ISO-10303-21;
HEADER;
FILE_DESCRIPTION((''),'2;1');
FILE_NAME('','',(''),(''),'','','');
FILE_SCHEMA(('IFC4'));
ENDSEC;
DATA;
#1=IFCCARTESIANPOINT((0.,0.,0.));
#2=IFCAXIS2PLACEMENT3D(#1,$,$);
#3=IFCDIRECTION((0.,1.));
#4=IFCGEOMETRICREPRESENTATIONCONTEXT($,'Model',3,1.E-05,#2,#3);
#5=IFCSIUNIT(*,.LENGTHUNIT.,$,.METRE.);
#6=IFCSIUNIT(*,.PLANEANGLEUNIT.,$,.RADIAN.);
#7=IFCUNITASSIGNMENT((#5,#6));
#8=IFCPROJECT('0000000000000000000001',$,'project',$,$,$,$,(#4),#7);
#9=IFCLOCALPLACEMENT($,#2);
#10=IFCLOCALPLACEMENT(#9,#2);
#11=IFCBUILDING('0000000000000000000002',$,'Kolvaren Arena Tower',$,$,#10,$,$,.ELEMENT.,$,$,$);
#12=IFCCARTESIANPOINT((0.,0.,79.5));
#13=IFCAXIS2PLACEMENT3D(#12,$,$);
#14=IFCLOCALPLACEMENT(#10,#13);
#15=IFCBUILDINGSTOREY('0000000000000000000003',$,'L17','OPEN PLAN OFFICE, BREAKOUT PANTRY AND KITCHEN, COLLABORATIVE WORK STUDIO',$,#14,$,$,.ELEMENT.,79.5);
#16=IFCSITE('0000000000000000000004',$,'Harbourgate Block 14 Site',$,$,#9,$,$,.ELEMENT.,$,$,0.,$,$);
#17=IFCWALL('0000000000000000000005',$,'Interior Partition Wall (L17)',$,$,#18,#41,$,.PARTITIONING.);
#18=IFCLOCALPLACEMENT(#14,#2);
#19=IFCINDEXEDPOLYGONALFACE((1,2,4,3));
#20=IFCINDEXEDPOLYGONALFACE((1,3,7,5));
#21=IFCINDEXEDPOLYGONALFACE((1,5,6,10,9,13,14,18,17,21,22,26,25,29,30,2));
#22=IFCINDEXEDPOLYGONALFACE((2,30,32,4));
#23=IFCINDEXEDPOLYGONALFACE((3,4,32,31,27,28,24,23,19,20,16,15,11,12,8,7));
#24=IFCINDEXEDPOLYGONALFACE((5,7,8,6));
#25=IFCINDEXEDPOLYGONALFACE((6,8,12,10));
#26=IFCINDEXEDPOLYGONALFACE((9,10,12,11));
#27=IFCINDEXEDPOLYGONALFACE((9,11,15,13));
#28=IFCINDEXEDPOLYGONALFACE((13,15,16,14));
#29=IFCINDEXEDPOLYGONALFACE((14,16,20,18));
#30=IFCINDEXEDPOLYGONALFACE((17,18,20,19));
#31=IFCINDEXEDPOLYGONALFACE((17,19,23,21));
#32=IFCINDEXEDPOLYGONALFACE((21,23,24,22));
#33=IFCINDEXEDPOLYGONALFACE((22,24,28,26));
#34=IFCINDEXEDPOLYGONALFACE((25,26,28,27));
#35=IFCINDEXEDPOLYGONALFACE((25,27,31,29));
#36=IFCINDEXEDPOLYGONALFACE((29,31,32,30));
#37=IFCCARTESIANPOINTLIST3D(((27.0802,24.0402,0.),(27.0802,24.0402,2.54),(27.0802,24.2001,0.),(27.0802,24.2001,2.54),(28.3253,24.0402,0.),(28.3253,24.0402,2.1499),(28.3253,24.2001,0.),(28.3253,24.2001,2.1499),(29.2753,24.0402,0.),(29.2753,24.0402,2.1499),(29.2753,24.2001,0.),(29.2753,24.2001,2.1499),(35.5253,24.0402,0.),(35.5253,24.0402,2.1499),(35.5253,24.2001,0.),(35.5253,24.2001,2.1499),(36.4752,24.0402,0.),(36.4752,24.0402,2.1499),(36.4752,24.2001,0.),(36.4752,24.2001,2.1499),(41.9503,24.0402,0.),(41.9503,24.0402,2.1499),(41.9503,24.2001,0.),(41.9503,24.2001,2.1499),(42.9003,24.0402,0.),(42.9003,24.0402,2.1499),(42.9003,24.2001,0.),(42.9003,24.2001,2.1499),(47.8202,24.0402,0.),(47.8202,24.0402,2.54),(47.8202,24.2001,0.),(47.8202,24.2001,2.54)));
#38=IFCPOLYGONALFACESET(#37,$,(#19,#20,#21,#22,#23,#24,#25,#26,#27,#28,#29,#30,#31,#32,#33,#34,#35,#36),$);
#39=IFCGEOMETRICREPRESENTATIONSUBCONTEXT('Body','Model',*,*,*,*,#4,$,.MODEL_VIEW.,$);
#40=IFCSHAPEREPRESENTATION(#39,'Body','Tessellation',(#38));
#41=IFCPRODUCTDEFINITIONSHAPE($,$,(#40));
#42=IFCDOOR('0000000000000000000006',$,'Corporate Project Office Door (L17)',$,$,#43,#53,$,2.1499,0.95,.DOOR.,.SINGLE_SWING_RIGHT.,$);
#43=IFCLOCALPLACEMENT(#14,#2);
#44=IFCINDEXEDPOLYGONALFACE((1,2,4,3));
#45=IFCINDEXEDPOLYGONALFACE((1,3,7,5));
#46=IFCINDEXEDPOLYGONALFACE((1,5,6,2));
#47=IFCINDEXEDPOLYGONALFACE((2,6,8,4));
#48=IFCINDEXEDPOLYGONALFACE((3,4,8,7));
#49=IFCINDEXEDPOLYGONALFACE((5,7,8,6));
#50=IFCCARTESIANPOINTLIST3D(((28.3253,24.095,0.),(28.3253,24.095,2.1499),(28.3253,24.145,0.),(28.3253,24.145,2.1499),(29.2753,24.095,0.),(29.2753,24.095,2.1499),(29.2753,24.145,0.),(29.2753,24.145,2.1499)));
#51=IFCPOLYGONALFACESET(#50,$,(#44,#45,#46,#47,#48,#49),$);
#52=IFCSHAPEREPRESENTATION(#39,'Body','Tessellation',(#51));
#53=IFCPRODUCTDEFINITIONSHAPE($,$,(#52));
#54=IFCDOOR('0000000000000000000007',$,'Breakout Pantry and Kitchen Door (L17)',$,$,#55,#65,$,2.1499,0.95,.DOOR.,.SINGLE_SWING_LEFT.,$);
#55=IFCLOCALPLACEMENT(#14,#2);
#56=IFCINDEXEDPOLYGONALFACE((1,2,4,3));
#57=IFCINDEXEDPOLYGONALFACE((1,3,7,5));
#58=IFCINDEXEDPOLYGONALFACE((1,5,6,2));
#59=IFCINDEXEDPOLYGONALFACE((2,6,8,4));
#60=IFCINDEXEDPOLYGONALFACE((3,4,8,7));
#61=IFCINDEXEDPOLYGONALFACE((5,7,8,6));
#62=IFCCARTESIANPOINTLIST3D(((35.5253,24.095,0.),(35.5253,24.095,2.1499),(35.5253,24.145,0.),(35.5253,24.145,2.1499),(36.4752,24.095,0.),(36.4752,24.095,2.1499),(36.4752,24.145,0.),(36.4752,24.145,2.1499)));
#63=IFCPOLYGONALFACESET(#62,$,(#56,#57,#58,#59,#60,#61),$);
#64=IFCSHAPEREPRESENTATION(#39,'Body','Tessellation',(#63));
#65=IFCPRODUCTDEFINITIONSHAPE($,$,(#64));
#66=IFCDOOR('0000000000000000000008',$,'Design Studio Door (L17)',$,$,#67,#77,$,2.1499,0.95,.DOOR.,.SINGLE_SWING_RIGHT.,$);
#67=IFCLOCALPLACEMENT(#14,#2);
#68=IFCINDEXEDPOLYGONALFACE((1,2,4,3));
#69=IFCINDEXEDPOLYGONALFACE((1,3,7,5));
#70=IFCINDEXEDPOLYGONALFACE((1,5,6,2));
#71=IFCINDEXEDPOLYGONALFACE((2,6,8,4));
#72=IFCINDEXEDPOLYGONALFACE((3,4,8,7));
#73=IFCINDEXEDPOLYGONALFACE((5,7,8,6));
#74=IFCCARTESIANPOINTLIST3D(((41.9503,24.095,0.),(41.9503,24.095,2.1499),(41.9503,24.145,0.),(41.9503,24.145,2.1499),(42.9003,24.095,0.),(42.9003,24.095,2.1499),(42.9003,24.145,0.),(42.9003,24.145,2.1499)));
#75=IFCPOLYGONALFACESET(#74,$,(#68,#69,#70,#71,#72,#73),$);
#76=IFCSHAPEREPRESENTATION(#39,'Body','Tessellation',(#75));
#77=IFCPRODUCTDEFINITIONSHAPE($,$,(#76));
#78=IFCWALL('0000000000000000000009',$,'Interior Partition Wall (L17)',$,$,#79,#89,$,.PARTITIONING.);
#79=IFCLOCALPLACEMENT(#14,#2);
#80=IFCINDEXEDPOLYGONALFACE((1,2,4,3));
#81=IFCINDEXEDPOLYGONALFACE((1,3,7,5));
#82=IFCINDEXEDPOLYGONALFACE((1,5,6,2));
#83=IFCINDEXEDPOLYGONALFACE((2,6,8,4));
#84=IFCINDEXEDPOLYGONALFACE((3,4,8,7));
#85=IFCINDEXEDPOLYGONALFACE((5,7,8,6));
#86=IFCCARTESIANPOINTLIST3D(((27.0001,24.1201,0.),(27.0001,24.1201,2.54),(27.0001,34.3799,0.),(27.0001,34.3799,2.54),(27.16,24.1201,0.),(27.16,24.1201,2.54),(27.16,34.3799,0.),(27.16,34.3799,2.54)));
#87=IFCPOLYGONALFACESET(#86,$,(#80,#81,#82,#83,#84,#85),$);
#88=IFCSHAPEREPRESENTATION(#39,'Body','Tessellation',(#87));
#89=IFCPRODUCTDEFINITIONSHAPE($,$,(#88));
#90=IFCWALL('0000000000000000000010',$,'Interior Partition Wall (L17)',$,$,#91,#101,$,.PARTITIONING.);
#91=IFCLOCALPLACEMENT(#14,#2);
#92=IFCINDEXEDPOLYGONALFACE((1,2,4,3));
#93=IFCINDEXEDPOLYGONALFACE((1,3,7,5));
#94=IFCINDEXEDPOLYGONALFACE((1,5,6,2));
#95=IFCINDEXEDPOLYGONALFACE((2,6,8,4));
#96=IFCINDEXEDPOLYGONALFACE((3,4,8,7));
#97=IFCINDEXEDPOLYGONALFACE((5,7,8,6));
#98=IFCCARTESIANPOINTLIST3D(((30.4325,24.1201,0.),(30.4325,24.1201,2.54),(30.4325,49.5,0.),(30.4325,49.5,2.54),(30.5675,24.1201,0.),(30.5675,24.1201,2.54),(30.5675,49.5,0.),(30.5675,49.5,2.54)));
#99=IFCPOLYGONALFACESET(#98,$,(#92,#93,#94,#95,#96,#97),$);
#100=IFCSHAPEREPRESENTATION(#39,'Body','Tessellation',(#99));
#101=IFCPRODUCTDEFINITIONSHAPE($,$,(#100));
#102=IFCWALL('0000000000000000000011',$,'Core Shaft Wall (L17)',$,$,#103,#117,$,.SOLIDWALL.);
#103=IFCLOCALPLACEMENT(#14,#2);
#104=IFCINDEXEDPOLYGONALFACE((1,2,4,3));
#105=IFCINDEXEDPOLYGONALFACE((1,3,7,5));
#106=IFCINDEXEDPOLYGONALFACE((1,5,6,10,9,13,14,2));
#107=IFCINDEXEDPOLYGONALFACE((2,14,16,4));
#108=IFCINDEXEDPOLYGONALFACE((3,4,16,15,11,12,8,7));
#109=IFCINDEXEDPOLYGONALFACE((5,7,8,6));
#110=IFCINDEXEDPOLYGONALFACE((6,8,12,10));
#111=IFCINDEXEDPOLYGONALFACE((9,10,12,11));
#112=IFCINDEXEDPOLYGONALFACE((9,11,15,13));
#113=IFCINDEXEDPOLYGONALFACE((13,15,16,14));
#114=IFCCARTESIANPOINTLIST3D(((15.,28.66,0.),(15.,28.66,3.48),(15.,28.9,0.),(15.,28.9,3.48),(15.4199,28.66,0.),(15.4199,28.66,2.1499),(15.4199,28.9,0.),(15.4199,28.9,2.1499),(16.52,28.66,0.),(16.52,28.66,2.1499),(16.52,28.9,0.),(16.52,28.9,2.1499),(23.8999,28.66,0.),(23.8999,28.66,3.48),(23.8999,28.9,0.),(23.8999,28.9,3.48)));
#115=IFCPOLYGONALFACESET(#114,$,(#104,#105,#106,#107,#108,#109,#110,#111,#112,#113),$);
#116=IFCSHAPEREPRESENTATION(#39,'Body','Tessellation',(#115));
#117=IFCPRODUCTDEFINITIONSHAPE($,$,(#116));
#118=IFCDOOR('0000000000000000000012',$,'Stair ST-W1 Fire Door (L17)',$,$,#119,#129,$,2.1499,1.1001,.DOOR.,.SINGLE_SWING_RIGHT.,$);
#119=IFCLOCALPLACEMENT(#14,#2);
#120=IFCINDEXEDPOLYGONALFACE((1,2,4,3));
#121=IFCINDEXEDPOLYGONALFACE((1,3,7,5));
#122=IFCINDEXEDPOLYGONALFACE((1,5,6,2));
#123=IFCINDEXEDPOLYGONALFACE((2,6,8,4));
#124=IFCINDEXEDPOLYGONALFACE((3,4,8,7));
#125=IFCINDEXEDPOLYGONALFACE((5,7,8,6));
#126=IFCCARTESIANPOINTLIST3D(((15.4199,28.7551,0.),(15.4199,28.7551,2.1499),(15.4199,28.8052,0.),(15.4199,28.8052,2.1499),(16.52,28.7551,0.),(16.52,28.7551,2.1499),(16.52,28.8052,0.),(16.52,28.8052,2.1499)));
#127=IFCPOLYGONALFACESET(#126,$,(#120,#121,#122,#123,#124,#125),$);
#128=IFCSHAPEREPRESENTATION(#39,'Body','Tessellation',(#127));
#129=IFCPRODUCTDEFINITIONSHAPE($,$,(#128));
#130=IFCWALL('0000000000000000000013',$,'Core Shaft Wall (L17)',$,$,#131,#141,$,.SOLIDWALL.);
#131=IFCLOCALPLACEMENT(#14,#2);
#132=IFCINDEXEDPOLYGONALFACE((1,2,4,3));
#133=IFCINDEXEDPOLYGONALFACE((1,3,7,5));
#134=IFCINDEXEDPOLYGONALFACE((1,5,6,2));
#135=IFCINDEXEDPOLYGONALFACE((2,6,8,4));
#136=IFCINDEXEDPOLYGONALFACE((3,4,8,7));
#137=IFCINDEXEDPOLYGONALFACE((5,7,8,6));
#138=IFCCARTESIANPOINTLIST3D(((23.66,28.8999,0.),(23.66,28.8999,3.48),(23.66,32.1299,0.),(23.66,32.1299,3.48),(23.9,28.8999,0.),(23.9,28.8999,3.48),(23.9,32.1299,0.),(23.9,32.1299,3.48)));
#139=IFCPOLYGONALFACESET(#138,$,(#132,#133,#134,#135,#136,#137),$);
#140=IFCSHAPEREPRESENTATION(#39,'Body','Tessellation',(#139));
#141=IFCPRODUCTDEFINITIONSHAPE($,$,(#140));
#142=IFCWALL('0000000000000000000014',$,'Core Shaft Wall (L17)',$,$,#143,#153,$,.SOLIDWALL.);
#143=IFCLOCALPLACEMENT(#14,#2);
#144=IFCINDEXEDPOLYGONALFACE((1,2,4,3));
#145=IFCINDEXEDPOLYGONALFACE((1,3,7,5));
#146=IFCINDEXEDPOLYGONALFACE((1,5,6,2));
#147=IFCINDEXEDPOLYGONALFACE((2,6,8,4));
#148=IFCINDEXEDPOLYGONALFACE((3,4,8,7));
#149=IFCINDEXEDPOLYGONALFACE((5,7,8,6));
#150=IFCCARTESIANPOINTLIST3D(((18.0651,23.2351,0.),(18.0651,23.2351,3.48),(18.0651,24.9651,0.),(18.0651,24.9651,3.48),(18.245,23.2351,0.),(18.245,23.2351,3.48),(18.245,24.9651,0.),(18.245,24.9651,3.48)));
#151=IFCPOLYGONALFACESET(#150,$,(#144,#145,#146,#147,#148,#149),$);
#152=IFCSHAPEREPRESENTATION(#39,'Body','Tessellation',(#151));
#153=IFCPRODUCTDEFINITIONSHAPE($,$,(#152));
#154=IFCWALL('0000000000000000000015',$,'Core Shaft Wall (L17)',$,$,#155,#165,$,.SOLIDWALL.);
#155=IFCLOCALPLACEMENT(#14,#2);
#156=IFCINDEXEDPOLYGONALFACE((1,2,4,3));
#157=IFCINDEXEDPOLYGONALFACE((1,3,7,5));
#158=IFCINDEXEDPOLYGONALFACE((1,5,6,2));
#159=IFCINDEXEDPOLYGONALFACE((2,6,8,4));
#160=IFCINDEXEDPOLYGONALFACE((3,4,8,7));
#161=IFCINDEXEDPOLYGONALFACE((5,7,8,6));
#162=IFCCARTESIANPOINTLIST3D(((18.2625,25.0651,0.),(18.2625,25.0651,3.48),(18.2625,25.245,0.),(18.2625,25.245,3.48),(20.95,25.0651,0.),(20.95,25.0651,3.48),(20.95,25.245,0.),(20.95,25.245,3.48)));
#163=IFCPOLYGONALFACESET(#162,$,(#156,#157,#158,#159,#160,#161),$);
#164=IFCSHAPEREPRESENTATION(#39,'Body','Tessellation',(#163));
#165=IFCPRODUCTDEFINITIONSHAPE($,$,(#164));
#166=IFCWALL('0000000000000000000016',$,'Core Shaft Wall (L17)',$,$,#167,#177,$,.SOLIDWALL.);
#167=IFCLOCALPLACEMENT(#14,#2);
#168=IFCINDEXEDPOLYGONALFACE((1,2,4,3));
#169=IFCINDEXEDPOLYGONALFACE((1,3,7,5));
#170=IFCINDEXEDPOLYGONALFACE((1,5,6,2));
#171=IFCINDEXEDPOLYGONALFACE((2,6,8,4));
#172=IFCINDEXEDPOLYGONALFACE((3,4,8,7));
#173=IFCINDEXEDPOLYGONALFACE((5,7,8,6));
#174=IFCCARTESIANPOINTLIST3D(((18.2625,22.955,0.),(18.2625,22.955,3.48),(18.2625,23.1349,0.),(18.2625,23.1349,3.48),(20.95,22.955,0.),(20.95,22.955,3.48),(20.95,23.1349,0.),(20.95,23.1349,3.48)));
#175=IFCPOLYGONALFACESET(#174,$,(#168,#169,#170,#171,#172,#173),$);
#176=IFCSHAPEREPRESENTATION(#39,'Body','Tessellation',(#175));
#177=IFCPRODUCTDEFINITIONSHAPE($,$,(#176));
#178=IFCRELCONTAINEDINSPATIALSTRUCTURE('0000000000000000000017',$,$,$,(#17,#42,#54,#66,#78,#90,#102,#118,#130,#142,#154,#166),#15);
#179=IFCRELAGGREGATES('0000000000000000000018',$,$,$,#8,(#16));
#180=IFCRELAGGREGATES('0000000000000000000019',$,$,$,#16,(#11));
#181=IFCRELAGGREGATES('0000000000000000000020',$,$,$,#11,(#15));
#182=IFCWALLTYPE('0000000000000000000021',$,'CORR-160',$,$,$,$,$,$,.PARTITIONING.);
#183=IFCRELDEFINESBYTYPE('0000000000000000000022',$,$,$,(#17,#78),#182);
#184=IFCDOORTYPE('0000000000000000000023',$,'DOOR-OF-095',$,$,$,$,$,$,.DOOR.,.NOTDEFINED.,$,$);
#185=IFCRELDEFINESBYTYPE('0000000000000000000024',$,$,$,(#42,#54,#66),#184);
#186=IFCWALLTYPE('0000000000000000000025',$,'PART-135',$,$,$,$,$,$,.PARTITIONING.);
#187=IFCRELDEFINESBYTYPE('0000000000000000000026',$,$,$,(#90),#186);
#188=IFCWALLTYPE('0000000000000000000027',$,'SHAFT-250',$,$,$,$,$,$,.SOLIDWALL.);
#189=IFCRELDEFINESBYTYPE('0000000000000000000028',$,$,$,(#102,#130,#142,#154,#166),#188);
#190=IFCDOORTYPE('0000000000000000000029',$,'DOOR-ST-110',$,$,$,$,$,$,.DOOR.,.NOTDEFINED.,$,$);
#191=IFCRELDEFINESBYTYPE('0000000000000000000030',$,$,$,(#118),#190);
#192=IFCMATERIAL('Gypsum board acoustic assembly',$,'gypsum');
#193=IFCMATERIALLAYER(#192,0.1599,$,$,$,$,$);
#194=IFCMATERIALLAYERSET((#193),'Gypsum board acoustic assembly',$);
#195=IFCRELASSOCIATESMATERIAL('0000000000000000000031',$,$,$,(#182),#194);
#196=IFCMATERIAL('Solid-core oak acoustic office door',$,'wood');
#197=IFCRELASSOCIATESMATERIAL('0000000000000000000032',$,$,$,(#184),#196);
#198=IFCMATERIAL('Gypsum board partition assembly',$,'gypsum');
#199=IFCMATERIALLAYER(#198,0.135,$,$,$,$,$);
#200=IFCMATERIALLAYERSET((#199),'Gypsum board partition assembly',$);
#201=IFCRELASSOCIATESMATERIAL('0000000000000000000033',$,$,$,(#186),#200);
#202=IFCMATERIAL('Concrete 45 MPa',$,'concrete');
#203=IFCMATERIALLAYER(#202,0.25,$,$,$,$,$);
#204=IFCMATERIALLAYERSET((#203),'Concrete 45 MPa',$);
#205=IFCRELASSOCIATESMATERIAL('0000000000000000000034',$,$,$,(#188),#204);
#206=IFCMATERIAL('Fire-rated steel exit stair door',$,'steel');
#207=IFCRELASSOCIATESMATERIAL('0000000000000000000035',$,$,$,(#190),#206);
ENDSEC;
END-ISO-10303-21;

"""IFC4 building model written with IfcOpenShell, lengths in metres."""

from ifc_helpers import new_model, si_unit, direction, frame, frame_2d, origin, place, context, subcontext, project, spatial, rectangle, extrude, material, layer, layer_set, type_object, element, fill, save


model = new_model("IFC4")

# Units and contexts
model_context = context("Model", 3, precision=1e-05, world=origin(), true_north=direction((0.0, 1.0)))
body_context = subcontext(model_context, "Body", "Model", "MODEL_VIEW")
ifc_project = project(units=[si_unit("LENGTHUNIT", "METRE"), si_unit("PLANEANGLEUNIT", "RADIAN")], contexts=[model_context])

# Site, building, storey
site_placement = place(None, origin())
site = spatial("IfcSite", under=ifc_project, at=site_placement, Name="Harbourgate Block 14 Site", CompositionType="ELEMENT", RefElevation=0.0)
building_placement = place(site_placement, origin())
building = spatial("IfcBuilding", under=site, at=building_placement, Name="Kolvaren Arena Tower", CompositionType="ELEMENT")
storey_placement = place(building_placement, frame((0.0, 0.0, 79.5)))
storey = spatial("IfcBuildingStorey", under=building, at=storey_placement, Name="L17", Description="OPEN PLAN OFFICE, BREAKOUT PANTRY AND KITCHEN, COLLABORATIVE WORK STUDIO", CompositionType="ELEMENT", Elevation=79.5)

# Wall, openings, doors
ifc_material_1 = material(Name="Gypsum board acoustic assembly", Category="gypsum")
ifc_layer_1 = layer(ifc_material_1, 0.1599)
ifc_layer_set_1 = layer_set([ifc_layer_1], Name="Gypsum board acoustic assembly")
wall_type_1 = type_object("IfcWallType", Name="CORR-160", PredefinedType="PARTITIONING", material=ifc_layer_set_1)
wall_1_placement = place(storey_placement, frame((27.0801, 24.1201, 0.0), z_axis=(0.0, 0.0, 1.0), x_axis=(1.0, 0.0, 0.0)))
wall_1 = element("IfcWall", 1, at=wall_1_placement, inside=storey, type_object=wall_type_1, Name="Interior Partition Wall (L17)", PredefinedType="PARTITIONING", context=body_context, shape_type="SweptSolid", body=[
    extrude(rectangle(XDim=20.74, YDim=0.1599, at=frame_2d((10.3701, 0.0))), origin(), (0.0, 0.0, 1.0), 2.54),
])
opening_1_placement = place(wall_1_placement, frame((1.2451, 0.0, 0.0)))
opening_1 = element("IfcOpeningElement", 2, at=opening_1_placement, cuts=wall_1, PredefinedType="OPENING", context=body_context, shape_type="SweptSolid", body=[
    extrude(rectangle(XDim=0.95, YDim=2.1499, at=frame_2d((0.4751, 1.075))), frame((0.0, 0.0898, 0.0), z_axis=(0.0, -1.0, 0.0), x_axis=(1.0, 0.0, 0.0)), (0.0, 0.0, 1.0), 0.1799),
])
opening_2_placement = place(wall_1_placement, frame((8.4451, 0.0, 0.0)))
opening_2 = element("IfcOpeningElement", 3, at=opening_2_placement, cuts=wall_1, PredefinedType="OPENING", context=body_context, shape_type="SweptSolid", body=[
    extrude(rectangle(XDim=0.95, YDim=2.1499, at=frame_2d((0.4751, 1.075))), frame((0.0, 0.0898, 0.0), z_axis=(0.0, -1.0, 0.0), x_axis=(1.0, 0.0, 0.0)), (0.0, 0.0, 1.0), 0.1799),
])
opening_3_placement = place(wall_1_placement, frame((14.8701, 0.0, 0.0)))
opening_3 = element("IfcOpeningElement", 4, at=opening_3_placement, cuts=wall_1, PredefinedType="OPENING", context=body_context, shape_type="SweptSolid", body=[
    extrude(rectangle(XDim=0.95, YDim=2.1499, at=frame_2d((0.4751, 1.075))), frame((0.0, 0.0898, 0.0), z_axis=(0.0, -1.0, 0.0), x_axis=(1.0, 0.0, 0.0)), (0.0, 0.0, 1.0), 0.1799),
])
ifc_material_2 = material(Name="Solid-core oak acoustic office door", Category="wood")
door_type_1 = type_object("IfcDoorType", Name="DOOR-OF-095", OperationType="NOTDEFINED", PredefinedType="DOOR", material=ifc_material_2)
door_1_placement = place(opening_1_placement, origin())
door_1 = element("IfcDoor", 5, at=door_1_placement, inside=storey, type_object=door_type_1, Name="Corporate Project Office Door (L17)", OperationType="SINGLE_SWING_RIGHT", OverallHeight=2.1499, OverallWidth=0.95, PredefinedType="DOOR", context=body_context, shape_type="SweptSolid", body=[
    extrude(rectangle(XDim=0.95, YDim=2.1499, at=frame_2d((0.4751, 1.075))), frame((0.0, 0.0249, 0.0), z_axis=(0.0, -1.0, 0.0), x_axis=(1.0, 0.0, 0.0)), (0.0, 0.0, 1.0), 0.05),
])
fill(opening_1, door_1)
door_2_placement = place(opening_2_placement, origin())
door_2 = element("IfcDoor", 6, at=door_2_placement, inside=storey, type_object=door_type_1, Name="Breakout Pantry and Kitchen Door (L17)", OperationType="SINGLE_SWING_LEFT", OverallHeight=2.1499, OverallWidth=0.95, PredefinedType="DOOR", context=body_context, shape_type="SweptSolid", body=[
    extrude(rectangle(XDim=0.95, YDim=2.1499, at=frame_2d((0.4751, 1.075))), frame((0.0, 0.0249, 0.0), z_axis=(0.0, -1.0, 0.0), x_axis=(1.0, 0.0, 0.0)), (0.0, 0.0, 1.0), 0.05),
])
fill(opening_2, door_2)
door_3_placement = place(opening_3_placement, origin())
door_3 = element("IfcDoor", 7, at=door_3_placement, inside=storey, type_object=door_type_1, Name="Design Studio Door (L17)", OperationType="SINGLE_SWING_RIGHT", OverallHeight=2.1499, OverallWidth=0.95, PredefinedType="DOOR", context=body_context, shape_type="SweptSolid", body=[
    extrude(rectangle(XDim=0.95, YDim=2.1499, at=frame_2d((0.4751, 1.075))), frame((0.0, 0.0249, 0.0), z_axis=(0.0, -1.0, 0.0), x_axis=(1.0, 0.0, 0.0)), (0.0, 0.0, 1.0), 0.05),
])
fill(opening_3, door_3)

# Wall
wall_2_placement = place(storey_placement, frame((27.0801, 24.1201, 0.0), z_axis=(0.0, 0.0, 1.0), x_axis=(0.0, 1.0, 0.0)))
element("IfcWall", 8, at=wall_2_placement, inside=storey, type_object=wall_type_1, Name="Interior Partition Wall (L17)", PredefinedType="PARTITIONING", context=body_context, shape_type="SweptSolid", body=[
    extrude(rectangle(XDim=10.2598, YDim=0.1599, at=frame_2d((5.1299, 0.0))), origin(), (0.0, 0.0, 1.0), 2.54),
])

# Wall
ifc_material_3 = material(Name="Gypsum board partition assembly", Category="gypsum")
ifc_layer_2 = layer(ifc_material_3, 0.135)
ifc_layer_set_2 = layer_set([ifc_layer_2], Name="Gypsum board partition assembly")
wall_type_2 = type_object("IfcWallType", Name="PART-135", PredefinedType="PARTITIONING", material=ifc_layer_set_2)
wall_3_placement = place(storey_placement, frame((30.5, 24.1201, 0.0), z_axis=(0.0, 0.0, 1.0), x_axis=(0.0, 1.0, 0.0)))
element("IfcWall", 9, at=wall_3_placement, inside=storey, type_object=wall_type_2, Name="Interior Partition Wall (L17)", PredefinedType="PARTITIONING", context=body_context, shape_type="SweptSolid", body=[
    extrude(rectangle(XDim=25.3799, YDim=0.135, at=frame_2d((12.6899, 0.0))), origin(), (0.0, 0.0, 1.0), 2.54),
])

# Wall, opening, door
ifc_material_4 = material(Name="Concrete 45 MPa", Category="concrete")
ifc_layer_3 = layer(ifc_material_4, 0.25)
ifc_layer_set_3 = layer_set([ifc_layer_3], Name="Concrete 45 MPa")
wall_type_3 = type_object("IfcWallType", Name="SHAFT-250", PredefinedType="SOLIDWALL", material=ifc_layer_set_3)
wall_4_placement = place(storey_placement, frame((23.8999, 28.78, 0.0), z_axis=(0.0, 0.0, 1.0), x_axis=(-1.0, 0.0, 0.0)))
wall_4 = element("IfcWall", 10, at=wall_4_placement, inside=storey, type_object=wall_type_3, Name="Core Shaft Wall (L17)", PredefinedType="SOLIDWALL", context=body_context, shape_type="SweptSolid", body=[
    extrude(rectangle(XDim=8.8999, YDim=0.24, at=frame_2d((4.45, 0.0))), origin(), (0.0, 0.0, 1.0), 3.48),
])
opening_4_placement = place(wall_4_placement, frame((7.3799, 0.0, 0.0)))
opening_4 = element("IfcOpeningElement", 11, at=opening_4_placement, cuts=wall_4, PredefinedType="OPENING", context=body_context, shape_type="SweptSolid", body=[
    extrude(rectangle(XDim=1.1001, YDim=2.1499, at=frame_2d((0.55, 1.075))), frame((0.0, 0.1299, 0.0), z_axis=(0.0, -1.0, 0.0), x_axis=(1.0, 0.0, 0.0)), (0.0, 0.0, 1.0), 0.26),
])
ifc_material_5 = material(Name="Fire-rated steel exit stair door", Category="steel")
door_type_2 = type_object("IfcDoorType", Name="DOOR-ST-110", OperationType="NOTDEFINED", PredefinedType="DOOR", material=ifc_material_5)
door_4_placement = place(opening_4_placement, origin())
door_4 = element("IfcDoor", 12, at=door_4_placement, inside=storey, type_object=door_type_2, Name="Stair ST-W1 Fire Door (L17)", OperationType="SINGLE_SWING_RIGHT", OverallHeight=2.1499, OverallWidth=1.1001, PredefinedType="DOOR", context=body_context, shape_type="SweptSolid", body=[
    extrude(rectangle(XDim=1.1001, YDim=2.1499, at=frame_2d((0.55, 1.075))), frame((0.0, 0.0249, 0.0), z_axis=(0.0, -1.0, 0.0), x_axis=(1.0, 0.0, 0.0)), (0.0, 0.0, 1.0), 0.05),
])
fill(opening_4, door_4)

# Walls
wall_5_placement = place(storey_placement, frame((23.78, 28.8999, 0.0), z_axis=(0.0, 0.0, 1.0), x_axis=(0.0, 1.0, 0.0)))
element("IfcWall", 13, at=wall_5_placement, inside=storey, type_object=wall_type_3, Name="Core Shaft Wall (L17)", PredefinedType="SOLIDWALL", context=body_context, shape_type="SweptSolid", body=[
    extrude(rectangle(XDim=3.23, YDim=0.24, at=frame_2d((1.615, 0.0))), origin(), (0.0, 0.0, 1.0), 3.48),
])
wall_6_placement = place(storey_placement, frame((18.155, 23.2351, 0.0), z_axis=(0.0, 0.0, 1.0), x_axis=(0.0, 1.0, 0.0)))
element("IfcWall", 14, at=wall_6_placement, inside=storey, type_object=wall_type_3, Name="Core Shaft Wall (L17)", PredefinedType="SOLIDWALL", context=body_context, shape_type="SweptSolid", body=[
    extrude(rectangle(XDim=1.73, YDim=0.1799, at=frame_2d((0.865, 0.0))), origin(), (0.0, 0.0, 1.0), 3.48),
])
for number, where, z_axis, x_axis, name in (
    (15, (18.2625, 25.155, 0.0), (0.0, 0.0, 1.0), (1.0, 0.0, 0.0), "Core Shaft Wall (L17)"),
    (16, (18.2625, 23.0449, 0.0), (0.0, 0.0, 1.0), (1.0, 0.0, 0.0), "Core Shaft Wall (L17)"),
):
    element("IfcWall", number, at=place(storey_placement, frame(where, z_axis=z_axis, x_axis=x_axis)), inside=storey, type_object=wall_type_3, Name=name, PredefinedType="SOLIDWALL", context=body_context, shape_type="SweptSolid", body=[
        extrude(rectangle(XDim=2.6875, YDim=0.1799, at=frame_2d((1.3438, 0.0))), origin(), (0.0, 0.0, 1.0), 3.48),
    ])

save(model, "model.ifc")
